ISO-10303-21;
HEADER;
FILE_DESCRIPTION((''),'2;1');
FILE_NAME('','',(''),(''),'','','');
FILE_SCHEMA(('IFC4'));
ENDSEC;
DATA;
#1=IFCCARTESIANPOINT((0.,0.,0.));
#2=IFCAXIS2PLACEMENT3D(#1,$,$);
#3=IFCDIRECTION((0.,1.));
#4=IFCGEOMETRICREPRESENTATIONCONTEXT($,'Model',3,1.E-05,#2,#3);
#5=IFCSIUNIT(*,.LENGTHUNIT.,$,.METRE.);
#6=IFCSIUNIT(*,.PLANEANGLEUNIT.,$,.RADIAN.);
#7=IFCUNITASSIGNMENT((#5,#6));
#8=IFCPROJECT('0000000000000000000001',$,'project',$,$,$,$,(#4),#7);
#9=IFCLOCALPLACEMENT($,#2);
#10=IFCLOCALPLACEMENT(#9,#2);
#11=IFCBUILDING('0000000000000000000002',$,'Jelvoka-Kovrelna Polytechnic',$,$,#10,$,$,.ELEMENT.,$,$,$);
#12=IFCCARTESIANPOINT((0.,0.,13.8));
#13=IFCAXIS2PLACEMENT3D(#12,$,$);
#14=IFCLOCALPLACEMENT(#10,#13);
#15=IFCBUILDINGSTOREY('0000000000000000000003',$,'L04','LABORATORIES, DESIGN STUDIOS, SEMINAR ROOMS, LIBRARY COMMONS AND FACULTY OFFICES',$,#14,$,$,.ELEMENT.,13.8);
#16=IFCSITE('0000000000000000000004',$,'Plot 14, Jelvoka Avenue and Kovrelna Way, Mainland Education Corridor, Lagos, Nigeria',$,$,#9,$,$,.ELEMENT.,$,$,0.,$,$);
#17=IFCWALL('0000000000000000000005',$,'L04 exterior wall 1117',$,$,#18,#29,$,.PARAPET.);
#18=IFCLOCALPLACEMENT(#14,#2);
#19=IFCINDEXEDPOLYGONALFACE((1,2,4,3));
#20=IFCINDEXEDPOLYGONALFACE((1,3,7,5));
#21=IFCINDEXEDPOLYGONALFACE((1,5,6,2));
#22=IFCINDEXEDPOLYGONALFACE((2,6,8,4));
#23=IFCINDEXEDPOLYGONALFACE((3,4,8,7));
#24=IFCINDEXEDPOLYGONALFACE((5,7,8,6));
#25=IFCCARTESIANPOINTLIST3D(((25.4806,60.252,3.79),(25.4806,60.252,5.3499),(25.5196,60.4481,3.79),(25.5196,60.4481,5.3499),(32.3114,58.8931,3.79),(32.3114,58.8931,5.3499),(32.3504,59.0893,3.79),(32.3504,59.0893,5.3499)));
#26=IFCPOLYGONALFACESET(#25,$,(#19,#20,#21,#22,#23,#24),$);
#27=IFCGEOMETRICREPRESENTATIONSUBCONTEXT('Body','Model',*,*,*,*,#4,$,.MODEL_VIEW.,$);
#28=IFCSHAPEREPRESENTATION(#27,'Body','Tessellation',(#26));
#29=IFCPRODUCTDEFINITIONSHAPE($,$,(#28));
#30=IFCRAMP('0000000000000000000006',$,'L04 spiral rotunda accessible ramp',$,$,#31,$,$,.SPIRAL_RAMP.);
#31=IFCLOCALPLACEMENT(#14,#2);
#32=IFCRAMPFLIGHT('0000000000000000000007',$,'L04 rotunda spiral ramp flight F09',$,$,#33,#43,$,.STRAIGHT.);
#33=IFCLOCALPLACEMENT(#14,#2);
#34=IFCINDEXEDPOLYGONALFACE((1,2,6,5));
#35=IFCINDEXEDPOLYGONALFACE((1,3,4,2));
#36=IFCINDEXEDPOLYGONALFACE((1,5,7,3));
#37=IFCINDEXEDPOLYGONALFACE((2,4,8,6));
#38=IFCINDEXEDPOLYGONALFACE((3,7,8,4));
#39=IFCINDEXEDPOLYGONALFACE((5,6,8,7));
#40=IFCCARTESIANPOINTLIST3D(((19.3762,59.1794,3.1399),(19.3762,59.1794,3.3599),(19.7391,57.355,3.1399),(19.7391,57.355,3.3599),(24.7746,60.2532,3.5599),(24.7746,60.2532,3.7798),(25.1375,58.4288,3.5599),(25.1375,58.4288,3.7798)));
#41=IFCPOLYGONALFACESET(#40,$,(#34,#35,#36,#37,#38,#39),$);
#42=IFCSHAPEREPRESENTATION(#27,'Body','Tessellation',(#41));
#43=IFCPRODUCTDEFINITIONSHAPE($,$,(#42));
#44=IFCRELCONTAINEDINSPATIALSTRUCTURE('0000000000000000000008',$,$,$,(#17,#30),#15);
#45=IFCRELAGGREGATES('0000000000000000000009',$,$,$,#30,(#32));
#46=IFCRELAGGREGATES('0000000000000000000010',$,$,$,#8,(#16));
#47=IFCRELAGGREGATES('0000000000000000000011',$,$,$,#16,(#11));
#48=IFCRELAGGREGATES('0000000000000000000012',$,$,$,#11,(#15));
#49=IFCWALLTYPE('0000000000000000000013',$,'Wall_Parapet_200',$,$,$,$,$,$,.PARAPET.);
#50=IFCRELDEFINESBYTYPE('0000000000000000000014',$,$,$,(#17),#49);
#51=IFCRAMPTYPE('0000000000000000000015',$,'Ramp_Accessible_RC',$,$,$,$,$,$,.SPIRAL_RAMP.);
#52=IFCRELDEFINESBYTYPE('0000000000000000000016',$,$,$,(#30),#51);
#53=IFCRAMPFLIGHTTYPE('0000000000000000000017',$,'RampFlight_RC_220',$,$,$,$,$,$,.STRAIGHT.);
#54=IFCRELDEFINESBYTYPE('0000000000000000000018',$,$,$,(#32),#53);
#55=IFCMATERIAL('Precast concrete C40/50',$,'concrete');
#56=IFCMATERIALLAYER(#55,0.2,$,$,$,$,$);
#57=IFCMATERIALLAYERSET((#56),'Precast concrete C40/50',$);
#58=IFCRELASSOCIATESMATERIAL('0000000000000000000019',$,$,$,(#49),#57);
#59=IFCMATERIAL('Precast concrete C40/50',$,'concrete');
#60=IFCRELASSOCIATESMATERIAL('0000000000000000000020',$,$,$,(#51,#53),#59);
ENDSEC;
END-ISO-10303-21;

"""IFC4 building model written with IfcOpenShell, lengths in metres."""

from ifc_helpers import new_model, si_unit, direction, frame, frame_2d, origin, place, context, subcontext, project, spatial, polyline, rectangle, outline, extrude, material, layer, layer_set, type_object, element, aggregate, save


model = new_model("IFC4")

# Units and contexts
model_context = context("Model", 3, precision=1e-05, world=origin(), true_north=direction((0.0, 1.0)))
body_context = subcontext(model_context, "Body", "Model", "MODEL_VIEW")
ifc_project = project(units=[si_unit("LENGTHUNIT", "METRE"), si_unit("PLANEANGLEUNIT", "RADIAN")], contexts=[model_context])

# Site, building, storey
site_placement = place(None, origin())
site = spatial("IfcSite", under=ifc_project, at=site_placement, Name="Plot 14, Jelvoka Avenue and Kovrelna Way, Mainland Education Corridor, Lagos, Nigeria", CompositionType="ELEMENT", RefElevation=0.0)
building_placement = place(site_placement, origin())
building = spatial("IfcBuilding", under=site, at=building_placement, Name="Jelvoka-Kovrelna Polytechnic", CompositionType="ELEMENT")
storey_placement = place(building_placement, frame((0.0, 0.0, 13.8)))
storey = spatial("IfcBuildingStorey", under=building, at=storey_placement, Name="L04", Description="LABORATORIES, DESIGN STUDIOS, SEMINAR ROOMS, LIBRARY COMMONS AND FACULTY OFFICES", CompositionType="ELEMENT", Elevation=13.8)

# Wall
ifc_material_1 = material(Name="Precast concrete C40/50", Category="concrete")
ifc_layer_1 = layer(ifc_material_1, 0.2)
ifc_layer_set_1 = layer_set([ifc_layer_1], Name="Precast concrete C40/50")
wall_type_1 = type_object("IfcWallType", Name="Wall_Parapet_200", PredefinedType="PARAPET", material=ifc_layer_set_1)
wall_1_placement = place(storey_placement, frame((25.5, 60.3501, 3.79), z_axis=(0.0, 0.0, 1.0), x_axis=(0.980781, -0.195112, 0.0)))
element("IfcWall", 1, at=wall_1_placement, inside=storey, type_object=wall_type_1, Name="L04 exterior wall 1117", PredefinedType="PARAPET", context=body_context, shape_type="SweptSolid", body=[
    extrude(rectangle(XDim=6.9646, YDim=0.2, at=frame_2d((3.4824, 0.0))), origin(), (0.0, 0.0, 1.0), 1.5598),
])

# Ramp, ramp flight
ifc_material_2 = material(Name="Precast concrete C40/50", Category="concrete")
ramp_type = type_object("IfcRampType", Name="Ramp_Accessible_RC", PredefinedType="SPIRAL_RAMP", material=ifc_material_2)
ramp_placement = place(storey_placement, origin())
ramp = element("IfcRamp", 2, at=ramp_placement, inside=storey, type_object=ramp_type, Name="L04 spiral rotunda accessible ramp", PredefinedType="SPIRAL_RAMP")
ramp_flight_type = type_object("IfcRampFlightType", Name="RampFlight_RC_220", PredefinedType="STRAIGHT", material=ifc_material_2)
ramp_flight_placement = place(None, frame((19.5576, 58.2673, 17.1599), z_axis=(0.0, 0.0, 1.0), x_axis=(0.980785, 0.195092, 0.0)))
ramp_flight = element("IfcRampFlight", 3, at=ramp_flight_placement, type_object=ramp_flight_type, Name="L04 rotunda spiral ramp flight F09", PredefinedType="STRAIGHT", context=body_context, shape_type="SweptSolid", body=[
    extrude(outline(polyline([(0.0, 0.0), (5.5042, 0.4199), (5.5042, 0.2), (0.0, -0.22), (0.0, 0.0)])), frame((0.0, 0.9299, 0.0), z_axis=(0.0, -1.0, 0.0), x_axis=(1.0, 0.0, 0.0)), (0.0, 0.0, 1.0), 1.8601),
])
aggregate(ramp, [ramp_flight])

save(model, "model.ifc")
